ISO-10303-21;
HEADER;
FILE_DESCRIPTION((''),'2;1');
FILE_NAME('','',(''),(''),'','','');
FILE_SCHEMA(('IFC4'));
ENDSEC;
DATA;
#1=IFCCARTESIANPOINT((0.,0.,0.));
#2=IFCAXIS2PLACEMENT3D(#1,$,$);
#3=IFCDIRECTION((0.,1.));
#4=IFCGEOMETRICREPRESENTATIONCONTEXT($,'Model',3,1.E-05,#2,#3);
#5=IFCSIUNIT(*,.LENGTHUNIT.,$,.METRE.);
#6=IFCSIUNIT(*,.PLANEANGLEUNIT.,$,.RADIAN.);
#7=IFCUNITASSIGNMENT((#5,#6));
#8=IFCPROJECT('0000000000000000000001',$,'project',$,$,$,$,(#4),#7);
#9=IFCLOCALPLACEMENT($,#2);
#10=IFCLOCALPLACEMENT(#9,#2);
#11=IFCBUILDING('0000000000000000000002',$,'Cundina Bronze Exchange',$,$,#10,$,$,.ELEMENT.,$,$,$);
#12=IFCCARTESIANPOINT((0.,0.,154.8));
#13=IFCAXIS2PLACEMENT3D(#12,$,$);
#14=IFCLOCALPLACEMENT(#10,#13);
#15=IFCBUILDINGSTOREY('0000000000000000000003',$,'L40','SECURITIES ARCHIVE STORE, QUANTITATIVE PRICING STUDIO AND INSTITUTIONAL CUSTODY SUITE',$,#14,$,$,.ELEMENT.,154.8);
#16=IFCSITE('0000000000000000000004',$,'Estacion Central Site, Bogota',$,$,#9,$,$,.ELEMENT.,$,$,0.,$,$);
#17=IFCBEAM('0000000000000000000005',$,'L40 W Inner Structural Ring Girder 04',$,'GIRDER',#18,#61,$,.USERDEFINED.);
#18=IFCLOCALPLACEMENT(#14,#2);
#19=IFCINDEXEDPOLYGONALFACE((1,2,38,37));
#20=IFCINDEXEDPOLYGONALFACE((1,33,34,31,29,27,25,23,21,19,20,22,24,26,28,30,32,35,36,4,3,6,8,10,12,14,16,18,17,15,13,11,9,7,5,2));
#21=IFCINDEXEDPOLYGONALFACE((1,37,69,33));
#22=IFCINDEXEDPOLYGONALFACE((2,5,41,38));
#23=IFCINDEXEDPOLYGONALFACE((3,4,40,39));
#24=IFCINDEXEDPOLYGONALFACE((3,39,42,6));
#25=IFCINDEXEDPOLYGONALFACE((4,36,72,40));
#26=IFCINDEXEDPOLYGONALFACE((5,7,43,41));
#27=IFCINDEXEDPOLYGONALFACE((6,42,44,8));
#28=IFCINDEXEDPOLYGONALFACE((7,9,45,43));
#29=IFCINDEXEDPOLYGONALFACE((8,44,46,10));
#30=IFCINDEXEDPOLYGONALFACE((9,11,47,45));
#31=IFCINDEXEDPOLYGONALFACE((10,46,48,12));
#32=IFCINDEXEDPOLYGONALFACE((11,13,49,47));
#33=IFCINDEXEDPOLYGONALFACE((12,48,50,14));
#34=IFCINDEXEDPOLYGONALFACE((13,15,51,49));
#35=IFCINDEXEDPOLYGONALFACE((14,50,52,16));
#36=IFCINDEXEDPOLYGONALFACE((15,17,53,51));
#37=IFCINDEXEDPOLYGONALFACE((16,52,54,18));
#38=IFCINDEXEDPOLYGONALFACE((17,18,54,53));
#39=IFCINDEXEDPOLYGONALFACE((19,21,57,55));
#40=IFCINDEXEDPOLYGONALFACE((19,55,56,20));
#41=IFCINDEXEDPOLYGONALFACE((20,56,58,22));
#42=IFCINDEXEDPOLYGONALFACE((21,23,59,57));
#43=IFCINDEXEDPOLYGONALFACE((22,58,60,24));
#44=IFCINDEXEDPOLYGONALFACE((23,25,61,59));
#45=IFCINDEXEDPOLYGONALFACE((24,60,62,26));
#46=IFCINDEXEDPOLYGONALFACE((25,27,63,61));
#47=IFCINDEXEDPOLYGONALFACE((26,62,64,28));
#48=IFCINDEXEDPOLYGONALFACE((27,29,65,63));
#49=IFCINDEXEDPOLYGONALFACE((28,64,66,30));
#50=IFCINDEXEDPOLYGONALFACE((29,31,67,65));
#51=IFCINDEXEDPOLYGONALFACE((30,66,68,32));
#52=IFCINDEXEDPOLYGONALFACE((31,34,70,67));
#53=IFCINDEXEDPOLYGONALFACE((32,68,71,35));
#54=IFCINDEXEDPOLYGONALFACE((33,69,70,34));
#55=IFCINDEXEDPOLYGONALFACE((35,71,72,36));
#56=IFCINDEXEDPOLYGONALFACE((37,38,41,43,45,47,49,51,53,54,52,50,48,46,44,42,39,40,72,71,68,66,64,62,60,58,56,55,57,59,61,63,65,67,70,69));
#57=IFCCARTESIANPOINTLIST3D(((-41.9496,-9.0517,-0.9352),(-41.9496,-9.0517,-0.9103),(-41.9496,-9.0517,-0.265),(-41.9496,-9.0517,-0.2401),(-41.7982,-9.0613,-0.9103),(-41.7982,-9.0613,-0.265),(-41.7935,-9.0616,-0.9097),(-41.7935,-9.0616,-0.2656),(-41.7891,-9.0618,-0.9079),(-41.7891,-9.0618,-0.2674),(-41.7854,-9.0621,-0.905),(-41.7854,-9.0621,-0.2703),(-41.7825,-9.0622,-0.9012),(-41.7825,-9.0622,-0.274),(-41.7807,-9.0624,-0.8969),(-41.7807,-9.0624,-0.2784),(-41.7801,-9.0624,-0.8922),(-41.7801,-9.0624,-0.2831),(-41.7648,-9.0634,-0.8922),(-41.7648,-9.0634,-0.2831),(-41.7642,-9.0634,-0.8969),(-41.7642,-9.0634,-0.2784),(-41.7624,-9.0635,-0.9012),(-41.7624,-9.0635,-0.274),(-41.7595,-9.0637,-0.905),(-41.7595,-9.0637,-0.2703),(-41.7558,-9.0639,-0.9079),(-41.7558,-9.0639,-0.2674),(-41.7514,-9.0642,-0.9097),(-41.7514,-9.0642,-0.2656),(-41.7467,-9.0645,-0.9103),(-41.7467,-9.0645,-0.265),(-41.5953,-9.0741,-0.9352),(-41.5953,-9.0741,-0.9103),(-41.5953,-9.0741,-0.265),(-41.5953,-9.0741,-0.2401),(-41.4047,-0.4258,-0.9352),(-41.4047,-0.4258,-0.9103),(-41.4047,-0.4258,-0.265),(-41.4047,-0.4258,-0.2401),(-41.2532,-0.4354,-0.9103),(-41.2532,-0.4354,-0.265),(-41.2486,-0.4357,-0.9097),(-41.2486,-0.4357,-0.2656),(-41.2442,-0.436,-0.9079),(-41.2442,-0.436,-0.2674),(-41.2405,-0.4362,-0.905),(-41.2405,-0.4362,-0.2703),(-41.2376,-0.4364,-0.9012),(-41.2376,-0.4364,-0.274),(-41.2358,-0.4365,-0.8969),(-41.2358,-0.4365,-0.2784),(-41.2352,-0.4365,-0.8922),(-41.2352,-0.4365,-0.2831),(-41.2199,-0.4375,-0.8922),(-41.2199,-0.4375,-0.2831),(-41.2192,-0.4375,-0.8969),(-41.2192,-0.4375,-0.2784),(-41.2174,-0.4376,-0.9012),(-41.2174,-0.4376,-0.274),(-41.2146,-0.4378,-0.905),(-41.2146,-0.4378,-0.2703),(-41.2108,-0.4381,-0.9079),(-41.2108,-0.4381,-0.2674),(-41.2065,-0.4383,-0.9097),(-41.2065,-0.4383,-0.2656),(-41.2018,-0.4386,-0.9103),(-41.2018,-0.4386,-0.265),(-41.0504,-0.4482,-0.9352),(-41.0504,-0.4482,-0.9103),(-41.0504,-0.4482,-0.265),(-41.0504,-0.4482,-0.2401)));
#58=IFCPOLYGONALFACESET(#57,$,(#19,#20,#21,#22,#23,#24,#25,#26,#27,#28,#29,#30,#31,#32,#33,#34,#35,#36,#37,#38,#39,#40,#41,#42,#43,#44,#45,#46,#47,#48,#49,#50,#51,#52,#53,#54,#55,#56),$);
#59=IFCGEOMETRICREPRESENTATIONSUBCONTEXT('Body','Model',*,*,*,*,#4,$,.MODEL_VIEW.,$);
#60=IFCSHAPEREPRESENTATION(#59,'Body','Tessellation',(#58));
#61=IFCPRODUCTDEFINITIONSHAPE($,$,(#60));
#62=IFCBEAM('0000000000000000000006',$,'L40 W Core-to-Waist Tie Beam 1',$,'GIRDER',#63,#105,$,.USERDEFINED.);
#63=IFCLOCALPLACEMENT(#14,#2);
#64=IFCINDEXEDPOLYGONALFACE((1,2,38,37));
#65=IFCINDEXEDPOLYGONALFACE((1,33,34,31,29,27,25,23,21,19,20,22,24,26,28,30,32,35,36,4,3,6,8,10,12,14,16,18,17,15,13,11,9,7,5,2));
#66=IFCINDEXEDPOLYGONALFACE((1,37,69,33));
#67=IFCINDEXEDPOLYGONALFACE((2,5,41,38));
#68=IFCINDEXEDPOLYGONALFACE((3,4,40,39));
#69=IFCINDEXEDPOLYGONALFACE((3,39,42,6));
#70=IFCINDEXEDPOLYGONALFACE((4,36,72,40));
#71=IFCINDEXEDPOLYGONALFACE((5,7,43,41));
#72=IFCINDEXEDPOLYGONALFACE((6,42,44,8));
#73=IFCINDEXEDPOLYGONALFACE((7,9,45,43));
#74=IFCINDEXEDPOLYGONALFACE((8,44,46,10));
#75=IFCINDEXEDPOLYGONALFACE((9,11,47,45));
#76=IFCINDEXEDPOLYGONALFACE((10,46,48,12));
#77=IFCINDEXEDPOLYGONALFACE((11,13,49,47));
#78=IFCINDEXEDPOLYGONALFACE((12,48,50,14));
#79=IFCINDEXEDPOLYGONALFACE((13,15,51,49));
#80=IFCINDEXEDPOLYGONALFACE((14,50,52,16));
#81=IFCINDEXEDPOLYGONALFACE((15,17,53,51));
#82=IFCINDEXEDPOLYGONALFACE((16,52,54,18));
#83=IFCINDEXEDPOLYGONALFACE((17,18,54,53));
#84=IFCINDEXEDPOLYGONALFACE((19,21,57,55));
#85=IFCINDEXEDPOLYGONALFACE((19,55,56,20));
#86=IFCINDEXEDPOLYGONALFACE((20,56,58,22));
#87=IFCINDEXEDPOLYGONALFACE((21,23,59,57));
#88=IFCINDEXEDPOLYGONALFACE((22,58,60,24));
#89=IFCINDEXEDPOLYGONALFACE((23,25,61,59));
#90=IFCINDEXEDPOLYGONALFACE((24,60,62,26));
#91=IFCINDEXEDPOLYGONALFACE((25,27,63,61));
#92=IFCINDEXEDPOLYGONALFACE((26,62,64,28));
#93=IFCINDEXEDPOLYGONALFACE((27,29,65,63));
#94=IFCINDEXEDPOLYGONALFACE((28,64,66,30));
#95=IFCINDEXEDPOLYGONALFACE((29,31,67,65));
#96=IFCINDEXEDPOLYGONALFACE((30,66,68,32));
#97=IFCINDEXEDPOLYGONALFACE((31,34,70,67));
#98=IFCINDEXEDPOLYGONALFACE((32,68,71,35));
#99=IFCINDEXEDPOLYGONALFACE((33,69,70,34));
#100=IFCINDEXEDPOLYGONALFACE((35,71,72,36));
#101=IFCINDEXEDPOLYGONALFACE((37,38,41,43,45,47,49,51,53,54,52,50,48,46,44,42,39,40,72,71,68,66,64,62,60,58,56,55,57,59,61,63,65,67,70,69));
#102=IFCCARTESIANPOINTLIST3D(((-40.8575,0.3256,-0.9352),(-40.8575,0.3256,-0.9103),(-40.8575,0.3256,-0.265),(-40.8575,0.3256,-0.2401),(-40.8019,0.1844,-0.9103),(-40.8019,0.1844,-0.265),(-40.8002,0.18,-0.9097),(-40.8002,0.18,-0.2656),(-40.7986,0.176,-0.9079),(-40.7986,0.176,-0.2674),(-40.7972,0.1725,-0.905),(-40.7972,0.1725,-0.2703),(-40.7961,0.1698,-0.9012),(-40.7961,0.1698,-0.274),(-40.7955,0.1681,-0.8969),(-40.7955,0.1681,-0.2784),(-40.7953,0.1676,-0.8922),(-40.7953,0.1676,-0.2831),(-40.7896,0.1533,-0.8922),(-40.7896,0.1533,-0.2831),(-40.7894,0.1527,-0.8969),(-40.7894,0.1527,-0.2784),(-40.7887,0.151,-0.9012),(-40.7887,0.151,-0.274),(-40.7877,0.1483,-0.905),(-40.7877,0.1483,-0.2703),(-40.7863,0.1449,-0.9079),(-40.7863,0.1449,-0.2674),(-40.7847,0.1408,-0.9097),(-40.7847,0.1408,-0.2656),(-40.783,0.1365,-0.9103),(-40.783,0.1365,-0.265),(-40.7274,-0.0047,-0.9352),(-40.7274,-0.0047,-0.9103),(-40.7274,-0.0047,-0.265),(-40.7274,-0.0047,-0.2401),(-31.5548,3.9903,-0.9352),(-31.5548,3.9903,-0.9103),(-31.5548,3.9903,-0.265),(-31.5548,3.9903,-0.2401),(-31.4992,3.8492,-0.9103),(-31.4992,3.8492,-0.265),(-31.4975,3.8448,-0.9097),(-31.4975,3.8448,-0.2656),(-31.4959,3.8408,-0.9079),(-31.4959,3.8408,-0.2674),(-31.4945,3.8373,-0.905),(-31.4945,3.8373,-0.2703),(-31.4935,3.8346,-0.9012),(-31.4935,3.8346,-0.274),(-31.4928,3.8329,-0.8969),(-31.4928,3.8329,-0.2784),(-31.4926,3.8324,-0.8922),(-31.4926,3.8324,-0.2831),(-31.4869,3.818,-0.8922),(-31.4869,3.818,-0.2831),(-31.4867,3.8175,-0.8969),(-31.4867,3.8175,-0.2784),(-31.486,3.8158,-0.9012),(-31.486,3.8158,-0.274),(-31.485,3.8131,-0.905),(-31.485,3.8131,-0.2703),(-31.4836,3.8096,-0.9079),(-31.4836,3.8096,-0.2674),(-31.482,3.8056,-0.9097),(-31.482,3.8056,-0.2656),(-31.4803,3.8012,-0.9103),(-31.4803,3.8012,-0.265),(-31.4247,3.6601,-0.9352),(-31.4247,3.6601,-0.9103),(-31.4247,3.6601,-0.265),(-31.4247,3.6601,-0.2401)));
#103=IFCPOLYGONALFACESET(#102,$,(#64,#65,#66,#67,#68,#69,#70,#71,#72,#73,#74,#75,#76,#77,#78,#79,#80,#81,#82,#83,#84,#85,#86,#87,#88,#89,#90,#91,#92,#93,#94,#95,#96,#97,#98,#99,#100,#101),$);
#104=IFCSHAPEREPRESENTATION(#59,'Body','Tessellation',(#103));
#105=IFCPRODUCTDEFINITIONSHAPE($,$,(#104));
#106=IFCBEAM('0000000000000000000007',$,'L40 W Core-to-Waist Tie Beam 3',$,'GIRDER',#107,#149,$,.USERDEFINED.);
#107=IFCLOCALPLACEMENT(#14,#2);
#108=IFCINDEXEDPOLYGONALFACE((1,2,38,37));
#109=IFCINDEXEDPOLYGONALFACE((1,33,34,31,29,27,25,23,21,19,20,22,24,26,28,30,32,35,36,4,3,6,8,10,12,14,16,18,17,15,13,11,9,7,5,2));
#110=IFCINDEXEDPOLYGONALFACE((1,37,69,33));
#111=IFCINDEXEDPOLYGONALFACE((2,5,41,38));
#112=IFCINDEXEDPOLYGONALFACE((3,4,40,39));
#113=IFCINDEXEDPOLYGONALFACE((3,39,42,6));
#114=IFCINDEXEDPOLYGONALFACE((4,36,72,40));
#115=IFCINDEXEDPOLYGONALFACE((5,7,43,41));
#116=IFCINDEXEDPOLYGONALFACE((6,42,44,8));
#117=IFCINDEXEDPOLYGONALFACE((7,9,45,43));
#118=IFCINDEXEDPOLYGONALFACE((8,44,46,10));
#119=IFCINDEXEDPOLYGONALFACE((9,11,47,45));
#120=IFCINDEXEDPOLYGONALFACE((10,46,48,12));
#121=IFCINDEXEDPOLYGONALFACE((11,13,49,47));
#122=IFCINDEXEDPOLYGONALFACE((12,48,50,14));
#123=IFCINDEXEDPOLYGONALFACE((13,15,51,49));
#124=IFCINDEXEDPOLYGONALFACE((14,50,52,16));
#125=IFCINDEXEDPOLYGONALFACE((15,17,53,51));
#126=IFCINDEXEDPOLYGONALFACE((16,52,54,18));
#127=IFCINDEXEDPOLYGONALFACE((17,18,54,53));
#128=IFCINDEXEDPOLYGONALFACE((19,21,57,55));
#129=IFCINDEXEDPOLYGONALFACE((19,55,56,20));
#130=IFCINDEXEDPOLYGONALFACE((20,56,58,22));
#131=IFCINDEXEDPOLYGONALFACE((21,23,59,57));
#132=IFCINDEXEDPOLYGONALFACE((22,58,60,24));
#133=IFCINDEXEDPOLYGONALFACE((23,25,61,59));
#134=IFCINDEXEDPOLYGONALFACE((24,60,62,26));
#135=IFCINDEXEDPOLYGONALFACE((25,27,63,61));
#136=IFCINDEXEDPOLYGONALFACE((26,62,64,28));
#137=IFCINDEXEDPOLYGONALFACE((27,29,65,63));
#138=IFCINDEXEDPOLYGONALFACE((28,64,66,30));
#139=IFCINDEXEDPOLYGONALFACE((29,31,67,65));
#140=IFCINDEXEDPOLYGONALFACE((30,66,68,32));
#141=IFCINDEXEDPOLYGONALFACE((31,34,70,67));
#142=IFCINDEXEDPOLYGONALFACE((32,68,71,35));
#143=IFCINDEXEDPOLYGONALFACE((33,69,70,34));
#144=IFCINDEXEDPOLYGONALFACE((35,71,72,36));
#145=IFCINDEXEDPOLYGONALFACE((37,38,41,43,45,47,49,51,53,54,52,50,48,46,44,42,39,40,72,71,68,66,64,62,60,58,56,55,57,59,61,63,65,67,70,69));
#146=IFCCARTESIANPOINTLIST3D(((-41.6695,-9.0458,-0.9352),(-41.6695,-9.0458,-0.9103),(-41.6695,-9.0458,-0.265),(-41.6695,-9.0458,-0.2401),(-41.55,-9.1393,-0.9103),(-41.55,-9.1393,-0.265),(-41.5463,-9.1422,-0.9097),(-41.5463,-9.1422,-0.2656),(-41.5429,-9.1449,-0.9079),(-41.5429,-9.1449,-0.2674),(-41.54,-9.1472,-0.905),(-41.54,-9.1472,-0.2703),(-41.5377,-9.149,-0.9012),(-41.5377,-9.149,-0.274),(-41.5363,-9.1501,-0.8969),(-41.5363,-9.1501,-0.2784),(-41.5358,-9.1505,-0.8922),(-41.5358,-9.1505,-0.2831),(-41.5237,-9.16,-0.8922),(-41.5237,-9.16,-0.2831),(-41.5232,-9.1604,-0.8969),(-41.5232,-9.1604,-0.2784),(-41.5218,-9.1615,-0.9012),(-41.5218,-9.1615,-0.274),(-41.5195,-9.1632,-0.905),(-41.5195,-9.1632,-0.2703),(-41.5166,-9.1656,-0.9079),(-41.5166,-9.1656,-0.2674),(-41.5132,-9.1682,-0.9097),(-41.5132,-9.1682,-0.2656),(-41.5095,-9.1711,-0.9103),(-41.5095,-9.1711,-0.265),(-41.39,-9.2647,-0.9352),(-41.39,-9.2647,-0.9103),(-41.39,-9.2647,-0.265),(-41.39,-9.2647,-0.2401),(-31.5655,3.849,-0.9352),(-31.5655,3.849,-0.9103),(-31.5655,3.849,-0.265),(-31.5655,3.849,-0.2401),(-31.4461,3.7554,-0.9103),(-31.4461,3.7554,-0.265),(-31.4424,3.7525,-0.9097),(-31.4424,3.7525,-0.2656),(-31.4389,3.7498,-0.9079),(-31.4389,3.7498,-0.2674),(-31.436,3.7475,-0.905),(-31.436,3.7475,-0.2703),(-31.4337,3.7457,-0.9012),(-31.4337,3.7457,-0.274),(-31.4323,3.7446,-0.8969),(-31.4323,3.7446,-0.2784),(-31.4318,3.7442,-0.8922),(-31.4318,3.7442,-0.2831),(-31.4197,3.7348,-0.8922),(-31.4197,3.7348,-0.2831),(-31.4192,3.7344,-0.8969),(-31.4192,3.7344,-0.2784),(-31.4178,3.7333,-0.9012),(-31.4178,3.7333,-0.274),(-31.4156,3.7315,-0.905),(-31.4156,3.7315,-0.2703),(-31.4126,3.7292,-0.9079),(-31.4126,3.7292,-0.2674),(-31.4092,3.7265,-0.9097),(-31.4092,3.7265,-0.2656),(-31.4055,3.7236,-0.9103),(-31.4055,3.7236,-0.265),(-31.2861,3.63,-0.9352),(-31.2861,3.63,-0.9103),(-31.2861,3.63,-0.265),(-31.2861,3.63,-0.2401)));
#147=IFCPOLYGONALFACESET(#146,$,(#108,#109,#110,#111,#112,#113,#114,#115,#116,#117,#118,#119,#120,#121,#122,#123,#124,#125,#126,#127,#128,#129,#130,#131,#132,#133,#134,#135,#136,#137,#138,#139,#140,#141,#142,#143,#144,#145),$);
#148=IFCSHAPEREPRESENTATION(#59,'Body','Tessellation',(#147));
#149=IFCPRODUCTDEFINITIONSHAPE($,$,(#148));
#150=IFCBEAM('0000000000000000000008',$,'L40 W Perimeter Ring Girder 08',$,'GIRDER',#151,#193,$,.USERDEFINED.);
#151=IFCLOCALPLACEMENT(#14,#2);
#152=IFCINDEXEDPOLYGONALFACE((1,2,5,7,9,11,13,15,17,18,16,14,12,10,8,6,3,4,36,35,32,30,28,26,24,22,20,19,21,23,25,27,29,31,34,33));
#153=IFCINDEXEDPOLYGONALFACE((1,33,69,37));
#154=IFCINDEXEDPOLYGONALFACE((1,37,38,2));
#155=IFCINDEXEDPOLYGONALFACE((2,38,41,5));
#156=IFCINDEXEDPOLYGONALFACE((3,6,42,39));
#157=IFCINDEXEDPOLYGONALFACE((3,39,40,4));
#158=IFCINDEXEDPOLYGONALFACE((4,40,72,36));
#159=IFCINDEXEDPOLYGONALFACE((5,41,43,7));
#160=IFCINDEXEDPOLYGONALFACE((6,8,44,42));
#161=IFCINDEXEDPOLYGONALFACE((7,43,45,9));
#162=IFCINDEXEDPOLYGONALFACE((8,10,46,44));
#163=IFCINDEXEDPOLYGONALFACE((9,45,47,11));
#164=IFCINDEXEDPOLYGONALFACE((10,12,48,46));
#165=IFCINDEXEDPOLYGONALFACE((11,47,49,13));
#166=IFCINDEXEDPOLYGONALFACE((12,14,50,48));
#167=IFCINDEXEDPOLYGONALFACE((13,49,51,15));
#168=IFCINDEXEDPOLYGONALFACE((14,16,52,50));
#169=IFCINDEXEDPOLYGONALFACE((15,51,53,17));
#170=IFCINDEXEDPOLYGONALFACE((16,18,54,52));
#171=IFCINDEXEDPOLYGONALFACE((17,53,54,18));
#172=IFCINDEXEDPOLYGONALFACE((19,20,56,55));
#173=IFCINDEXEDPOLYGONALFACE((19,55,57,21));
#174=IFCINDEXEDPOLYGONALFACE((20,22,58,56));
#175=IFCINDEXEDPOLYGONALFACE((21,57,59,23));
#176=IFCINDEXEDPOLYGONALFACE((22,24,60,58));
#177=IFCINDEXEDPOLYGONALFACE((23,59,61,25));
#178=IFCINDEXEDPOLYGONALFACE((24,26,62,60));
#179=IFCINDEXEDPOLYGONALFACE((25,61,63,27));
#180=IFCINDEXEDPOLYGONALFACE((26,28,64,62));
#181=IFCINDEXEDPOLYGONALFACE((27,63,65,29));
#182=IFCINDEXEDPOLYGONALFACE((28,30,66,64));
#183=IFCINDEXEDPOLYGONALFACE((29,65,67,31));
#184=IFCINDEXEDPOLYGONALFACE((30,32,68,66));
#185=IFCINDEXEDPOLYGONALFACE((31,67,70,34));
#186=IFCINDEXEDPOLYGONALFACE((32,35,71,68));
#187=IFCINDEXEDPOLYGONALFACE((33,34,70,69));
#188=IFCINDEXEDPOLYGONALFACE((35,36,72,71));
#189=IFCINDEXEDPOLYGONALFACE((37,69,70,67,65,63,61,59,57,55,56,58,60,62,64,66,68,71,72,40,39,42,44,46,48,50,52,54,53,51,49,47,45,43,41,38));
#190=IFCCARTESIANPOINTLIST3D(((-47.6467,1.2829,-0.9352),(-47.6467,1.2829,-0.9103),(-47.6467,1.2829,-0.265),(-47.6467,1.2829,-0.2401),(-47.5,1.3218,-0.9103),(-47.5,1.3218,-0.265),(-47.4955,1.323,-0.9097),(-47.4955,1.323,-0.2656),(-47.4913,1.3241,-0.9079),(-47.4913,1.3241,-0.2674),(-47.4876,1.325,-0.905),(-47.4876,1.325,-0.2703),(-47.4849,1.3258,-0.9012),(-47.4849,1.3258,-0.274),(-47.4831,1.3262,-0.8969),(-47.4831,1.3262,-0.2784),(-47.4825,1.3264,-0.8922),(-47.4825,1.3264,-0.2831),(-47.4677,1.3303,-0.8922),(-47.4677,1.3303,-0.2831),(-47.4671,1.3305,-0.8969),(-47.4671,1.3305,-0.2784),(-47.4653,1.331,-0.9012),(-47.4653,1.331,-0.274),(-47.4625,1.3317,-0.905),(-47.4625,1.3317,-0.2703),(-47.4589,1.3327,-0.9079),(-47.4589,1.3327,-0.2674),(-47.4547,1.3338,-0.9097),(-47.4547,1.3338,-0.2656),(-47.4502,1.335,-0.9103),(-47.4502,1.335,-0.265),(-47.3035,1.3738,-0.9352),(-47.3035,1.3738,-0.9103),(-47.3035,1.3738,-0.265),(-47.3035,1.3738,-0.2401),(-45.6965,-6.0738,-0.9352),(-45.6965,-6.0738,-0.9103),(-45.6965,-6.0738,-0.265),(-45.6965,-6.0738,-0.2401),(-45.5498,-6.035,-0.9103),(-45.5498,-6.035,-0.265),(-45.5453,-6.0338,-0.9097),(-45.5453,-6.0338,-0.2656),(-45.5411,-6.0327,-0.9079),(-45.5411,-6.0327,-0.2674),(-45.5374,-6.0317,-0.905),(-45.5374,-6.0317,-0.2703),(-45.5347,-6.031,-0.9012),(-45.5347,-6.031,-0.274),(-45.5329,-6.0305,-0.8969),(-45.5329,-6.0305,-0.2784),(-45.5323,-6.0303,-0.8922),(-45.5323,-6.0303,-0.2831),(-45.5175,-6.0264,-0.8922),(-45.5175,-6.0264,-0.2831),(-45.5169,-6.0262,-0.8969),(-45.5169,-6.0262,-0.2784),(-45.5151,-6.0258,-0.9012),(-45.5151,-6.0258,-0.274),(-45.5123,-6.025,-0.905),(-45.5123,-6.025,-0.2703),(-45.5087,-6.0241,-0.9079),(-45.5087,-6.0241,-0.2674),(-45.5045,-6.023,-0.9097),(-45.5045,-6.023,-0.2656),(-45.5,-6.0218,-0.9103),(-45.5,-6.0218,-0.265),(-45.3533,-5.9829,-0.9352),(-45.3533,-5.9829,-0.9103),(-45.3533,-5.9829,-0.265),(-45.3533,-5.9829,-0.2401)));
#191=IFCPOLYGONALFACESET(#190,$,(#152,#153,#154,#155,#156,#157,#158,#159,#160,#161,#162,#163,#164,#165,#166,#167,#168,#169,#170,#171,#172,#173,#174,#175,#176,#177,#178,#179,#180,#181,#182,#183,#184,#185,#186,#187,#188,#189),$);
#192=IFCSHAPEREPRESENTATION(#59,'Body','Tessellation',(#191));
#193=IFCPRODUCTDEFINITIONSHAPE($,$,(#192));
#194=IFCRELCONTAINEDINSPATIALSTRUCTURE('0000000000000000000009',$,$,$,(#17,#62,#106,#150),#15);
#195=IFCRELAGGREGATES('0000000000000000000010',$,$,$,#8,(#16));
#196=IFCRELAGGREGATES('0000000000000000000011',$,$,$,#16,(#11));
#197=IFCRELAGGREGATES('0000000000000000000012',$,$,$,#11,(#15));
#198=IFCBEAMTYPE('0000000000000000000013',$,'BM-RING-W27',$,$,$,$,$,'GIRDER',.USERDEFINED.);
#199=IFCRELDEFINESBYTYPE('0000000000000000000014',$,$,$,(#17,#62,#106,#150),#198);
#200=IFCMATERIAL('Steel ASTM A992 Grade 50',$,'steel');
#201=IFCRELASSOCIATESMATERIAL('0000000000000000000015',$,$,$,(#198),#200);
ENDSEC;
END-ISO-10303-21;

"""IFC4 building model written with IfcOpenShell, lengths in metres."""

from ifc_helpers import new_model, si_unit, direction, frame, origin, origin_2d, place, context, subcontext, project, spatial, i_section, extrude, material, material_profile, profile_set, type_object, element, save


model = new_model("IFC4")

# Units and contexts
model_context = context("Model", 3, precision=1e-05, world=origin(), true_north=direction((0.0, 1.0)))
body_context = subcontext(model_context, "Body", "Model", "MODEL_VIEW")
ifc_project = project(units=[si_unit("LENGTHUNIT", "METRE"), si_unit("PLANEANGLEUNIT", "RADIAN")], contexts=[model_context])

# Site, building, storey
site_placement = place(None, origin())
site = spatial("IfcSite", under=ifc_project, at=site_placement, Name="Estacion Central Site, Bogota", CompositionType="ELEMENT", RefElevation=0.0)
building_placement = place(site_placement, origin())
building = spatial("IfcBuilding", under=site, at=building_placement, Name="Cundina Bronze Exchange", CompositionType="ELEMENT")
storey_placement = place(building_placement, frame((0.0, 0.0, 154.8)))
storey = spatial("IfcBuildingStorey", under=building, at=storey_placement, Name="L40", Description="SECURITIES ARCHIVE STORE, QUANTITATIVE PRICING STUDIO AND INSTITUTIONAL CUSTODY SUITE", CompositionType="ELEMENT", Elevation=154.8)

# Shared definitions
ifc_material_1 = material(Name="Steel ASTM A992 Grade 50", Category="steel")

# Beams
ifc_material_profile_1 = material_profile(ifc_material_1, i_section(OverallWidth=0.355, OverallDepth=0.6951, WebThickness=0.0154, FlangeThickness=0.0249, FilletRadius=0.0181, at=origin_2d()), Name="W27X146", Category="steel")
ifc_profile_set_1 = profile_set([ifc_material_profile_1], Name="Steel ASTM A992 Grade 50")
beam_type_1 = type_object("IfcBeamType", Name="BM-RING-W27", ElementType="GIRDER", PredefinedType="USERDEFINED", material=ifc_profile_set_1)
beam_1_placement = place(storey_placement, frame((-41.2275, -0.437, -0.5876), z_axis=(-0.063047, -0.998011, 0.0), x_axis=(0.998011, -0.063047, 0.0)))
element("IfcBeam", 1, at=beam_1_placement, inside=storey, type_object=beam_type_1, Name="L40 W Inner Structural Ring Girder 04", ObjectType="GIRDER", PredefinedType="USERDEFINED", context=body_context, shape_type="SweptSolid", body=[
    extrude(i_section(OverallWidth=0.355, OverallDepth=0.6951, WebThickness=0.0154, FlangeThickness=0.0249, FilletRadius=0.0181, at=origin_2d()), origin(), (0.0, 0.0, 1.0), 8.6431),
])
beam_2_placement = place(storey_placement, frame((-31.4897, 3.8252, -0.5876), z_axis=(-0.930406, -0.366532, 0.0), x_axis=(0.366532, -0.930406, 0.0)))
element("IfcBeam", 2, at=beam_2_placement, inside=storey, type_object=beam_type_1, Name="L40 W Core-to-Waist Tie Beam 1", ObjectType="GIRDER", PredefinedType="USERDEFINED", context=body_context, shape_type="SweptSolid", body=[
    extrude(i_section(OverallWidth=0.355, OverallDepth=0.6951, WebThickness=0.0154, FlangeThickness=0.0249, FilletRadius=0.0181, at=origin_2d()), origin(), (0.0, 0.0, 1.0), 9.9985),
])
beam_3_placement = place(storey_placement, frame((-31.4258, 3.7395, -0.5876), z_axis=(-0.616779, -0.787136, 0.0), x_axis=(0.787136, -0.616779, 0.0)))
element("IfcBeam", 3, at=beam_3_placement, inside=storey, type_object=beam_type_1, Name="L40 W Core-to-Waist Tie Beam 3", ObjectType="GIRDER", PredefinedType="USERDEFINED", context=body_context, shape_type="SweptSolid", body=[
    extrude(i_section(OverallWidth=0.355, OverallDepth=0.6951, WebThickness=0.0154, FlangeThickness=0.0249, FilletRadius=0.0181, at=origin_2d()), origin(), (0.0, 0.0, 1.0), 16.3818),
])
for number, where, z_axis, x_axis, name in (
    (4, (-47.4751, 1.3284, -0.5876), (0.256241, -0.966613, 0.0), (0.966613, 0.256241, 0.0), "L40 W Perimeter Ring Girder 08"),
):
    element("IfcBeam", number, at=place(storey_placement, frame(where, z_axis=z_axis, x_axis=x_axis)), inside=storey, type_object=beam_type_1, Name=name, ObjectType="GIRDER", PredefinedType="USERDEFINED", context=body_context, shape_type="SweptSolid", body=[
        extrude(i_section(OverallWidth=0.355, OverallDepth=0.6951, WebThickness=0.0154, FlangeThickness=0.0249, FilletRadius=0.0181, at=origin_2d()), origin(), (0.0, 0.0, 1.0), 7.6108),
    ])

save(model, "model.ifc")
